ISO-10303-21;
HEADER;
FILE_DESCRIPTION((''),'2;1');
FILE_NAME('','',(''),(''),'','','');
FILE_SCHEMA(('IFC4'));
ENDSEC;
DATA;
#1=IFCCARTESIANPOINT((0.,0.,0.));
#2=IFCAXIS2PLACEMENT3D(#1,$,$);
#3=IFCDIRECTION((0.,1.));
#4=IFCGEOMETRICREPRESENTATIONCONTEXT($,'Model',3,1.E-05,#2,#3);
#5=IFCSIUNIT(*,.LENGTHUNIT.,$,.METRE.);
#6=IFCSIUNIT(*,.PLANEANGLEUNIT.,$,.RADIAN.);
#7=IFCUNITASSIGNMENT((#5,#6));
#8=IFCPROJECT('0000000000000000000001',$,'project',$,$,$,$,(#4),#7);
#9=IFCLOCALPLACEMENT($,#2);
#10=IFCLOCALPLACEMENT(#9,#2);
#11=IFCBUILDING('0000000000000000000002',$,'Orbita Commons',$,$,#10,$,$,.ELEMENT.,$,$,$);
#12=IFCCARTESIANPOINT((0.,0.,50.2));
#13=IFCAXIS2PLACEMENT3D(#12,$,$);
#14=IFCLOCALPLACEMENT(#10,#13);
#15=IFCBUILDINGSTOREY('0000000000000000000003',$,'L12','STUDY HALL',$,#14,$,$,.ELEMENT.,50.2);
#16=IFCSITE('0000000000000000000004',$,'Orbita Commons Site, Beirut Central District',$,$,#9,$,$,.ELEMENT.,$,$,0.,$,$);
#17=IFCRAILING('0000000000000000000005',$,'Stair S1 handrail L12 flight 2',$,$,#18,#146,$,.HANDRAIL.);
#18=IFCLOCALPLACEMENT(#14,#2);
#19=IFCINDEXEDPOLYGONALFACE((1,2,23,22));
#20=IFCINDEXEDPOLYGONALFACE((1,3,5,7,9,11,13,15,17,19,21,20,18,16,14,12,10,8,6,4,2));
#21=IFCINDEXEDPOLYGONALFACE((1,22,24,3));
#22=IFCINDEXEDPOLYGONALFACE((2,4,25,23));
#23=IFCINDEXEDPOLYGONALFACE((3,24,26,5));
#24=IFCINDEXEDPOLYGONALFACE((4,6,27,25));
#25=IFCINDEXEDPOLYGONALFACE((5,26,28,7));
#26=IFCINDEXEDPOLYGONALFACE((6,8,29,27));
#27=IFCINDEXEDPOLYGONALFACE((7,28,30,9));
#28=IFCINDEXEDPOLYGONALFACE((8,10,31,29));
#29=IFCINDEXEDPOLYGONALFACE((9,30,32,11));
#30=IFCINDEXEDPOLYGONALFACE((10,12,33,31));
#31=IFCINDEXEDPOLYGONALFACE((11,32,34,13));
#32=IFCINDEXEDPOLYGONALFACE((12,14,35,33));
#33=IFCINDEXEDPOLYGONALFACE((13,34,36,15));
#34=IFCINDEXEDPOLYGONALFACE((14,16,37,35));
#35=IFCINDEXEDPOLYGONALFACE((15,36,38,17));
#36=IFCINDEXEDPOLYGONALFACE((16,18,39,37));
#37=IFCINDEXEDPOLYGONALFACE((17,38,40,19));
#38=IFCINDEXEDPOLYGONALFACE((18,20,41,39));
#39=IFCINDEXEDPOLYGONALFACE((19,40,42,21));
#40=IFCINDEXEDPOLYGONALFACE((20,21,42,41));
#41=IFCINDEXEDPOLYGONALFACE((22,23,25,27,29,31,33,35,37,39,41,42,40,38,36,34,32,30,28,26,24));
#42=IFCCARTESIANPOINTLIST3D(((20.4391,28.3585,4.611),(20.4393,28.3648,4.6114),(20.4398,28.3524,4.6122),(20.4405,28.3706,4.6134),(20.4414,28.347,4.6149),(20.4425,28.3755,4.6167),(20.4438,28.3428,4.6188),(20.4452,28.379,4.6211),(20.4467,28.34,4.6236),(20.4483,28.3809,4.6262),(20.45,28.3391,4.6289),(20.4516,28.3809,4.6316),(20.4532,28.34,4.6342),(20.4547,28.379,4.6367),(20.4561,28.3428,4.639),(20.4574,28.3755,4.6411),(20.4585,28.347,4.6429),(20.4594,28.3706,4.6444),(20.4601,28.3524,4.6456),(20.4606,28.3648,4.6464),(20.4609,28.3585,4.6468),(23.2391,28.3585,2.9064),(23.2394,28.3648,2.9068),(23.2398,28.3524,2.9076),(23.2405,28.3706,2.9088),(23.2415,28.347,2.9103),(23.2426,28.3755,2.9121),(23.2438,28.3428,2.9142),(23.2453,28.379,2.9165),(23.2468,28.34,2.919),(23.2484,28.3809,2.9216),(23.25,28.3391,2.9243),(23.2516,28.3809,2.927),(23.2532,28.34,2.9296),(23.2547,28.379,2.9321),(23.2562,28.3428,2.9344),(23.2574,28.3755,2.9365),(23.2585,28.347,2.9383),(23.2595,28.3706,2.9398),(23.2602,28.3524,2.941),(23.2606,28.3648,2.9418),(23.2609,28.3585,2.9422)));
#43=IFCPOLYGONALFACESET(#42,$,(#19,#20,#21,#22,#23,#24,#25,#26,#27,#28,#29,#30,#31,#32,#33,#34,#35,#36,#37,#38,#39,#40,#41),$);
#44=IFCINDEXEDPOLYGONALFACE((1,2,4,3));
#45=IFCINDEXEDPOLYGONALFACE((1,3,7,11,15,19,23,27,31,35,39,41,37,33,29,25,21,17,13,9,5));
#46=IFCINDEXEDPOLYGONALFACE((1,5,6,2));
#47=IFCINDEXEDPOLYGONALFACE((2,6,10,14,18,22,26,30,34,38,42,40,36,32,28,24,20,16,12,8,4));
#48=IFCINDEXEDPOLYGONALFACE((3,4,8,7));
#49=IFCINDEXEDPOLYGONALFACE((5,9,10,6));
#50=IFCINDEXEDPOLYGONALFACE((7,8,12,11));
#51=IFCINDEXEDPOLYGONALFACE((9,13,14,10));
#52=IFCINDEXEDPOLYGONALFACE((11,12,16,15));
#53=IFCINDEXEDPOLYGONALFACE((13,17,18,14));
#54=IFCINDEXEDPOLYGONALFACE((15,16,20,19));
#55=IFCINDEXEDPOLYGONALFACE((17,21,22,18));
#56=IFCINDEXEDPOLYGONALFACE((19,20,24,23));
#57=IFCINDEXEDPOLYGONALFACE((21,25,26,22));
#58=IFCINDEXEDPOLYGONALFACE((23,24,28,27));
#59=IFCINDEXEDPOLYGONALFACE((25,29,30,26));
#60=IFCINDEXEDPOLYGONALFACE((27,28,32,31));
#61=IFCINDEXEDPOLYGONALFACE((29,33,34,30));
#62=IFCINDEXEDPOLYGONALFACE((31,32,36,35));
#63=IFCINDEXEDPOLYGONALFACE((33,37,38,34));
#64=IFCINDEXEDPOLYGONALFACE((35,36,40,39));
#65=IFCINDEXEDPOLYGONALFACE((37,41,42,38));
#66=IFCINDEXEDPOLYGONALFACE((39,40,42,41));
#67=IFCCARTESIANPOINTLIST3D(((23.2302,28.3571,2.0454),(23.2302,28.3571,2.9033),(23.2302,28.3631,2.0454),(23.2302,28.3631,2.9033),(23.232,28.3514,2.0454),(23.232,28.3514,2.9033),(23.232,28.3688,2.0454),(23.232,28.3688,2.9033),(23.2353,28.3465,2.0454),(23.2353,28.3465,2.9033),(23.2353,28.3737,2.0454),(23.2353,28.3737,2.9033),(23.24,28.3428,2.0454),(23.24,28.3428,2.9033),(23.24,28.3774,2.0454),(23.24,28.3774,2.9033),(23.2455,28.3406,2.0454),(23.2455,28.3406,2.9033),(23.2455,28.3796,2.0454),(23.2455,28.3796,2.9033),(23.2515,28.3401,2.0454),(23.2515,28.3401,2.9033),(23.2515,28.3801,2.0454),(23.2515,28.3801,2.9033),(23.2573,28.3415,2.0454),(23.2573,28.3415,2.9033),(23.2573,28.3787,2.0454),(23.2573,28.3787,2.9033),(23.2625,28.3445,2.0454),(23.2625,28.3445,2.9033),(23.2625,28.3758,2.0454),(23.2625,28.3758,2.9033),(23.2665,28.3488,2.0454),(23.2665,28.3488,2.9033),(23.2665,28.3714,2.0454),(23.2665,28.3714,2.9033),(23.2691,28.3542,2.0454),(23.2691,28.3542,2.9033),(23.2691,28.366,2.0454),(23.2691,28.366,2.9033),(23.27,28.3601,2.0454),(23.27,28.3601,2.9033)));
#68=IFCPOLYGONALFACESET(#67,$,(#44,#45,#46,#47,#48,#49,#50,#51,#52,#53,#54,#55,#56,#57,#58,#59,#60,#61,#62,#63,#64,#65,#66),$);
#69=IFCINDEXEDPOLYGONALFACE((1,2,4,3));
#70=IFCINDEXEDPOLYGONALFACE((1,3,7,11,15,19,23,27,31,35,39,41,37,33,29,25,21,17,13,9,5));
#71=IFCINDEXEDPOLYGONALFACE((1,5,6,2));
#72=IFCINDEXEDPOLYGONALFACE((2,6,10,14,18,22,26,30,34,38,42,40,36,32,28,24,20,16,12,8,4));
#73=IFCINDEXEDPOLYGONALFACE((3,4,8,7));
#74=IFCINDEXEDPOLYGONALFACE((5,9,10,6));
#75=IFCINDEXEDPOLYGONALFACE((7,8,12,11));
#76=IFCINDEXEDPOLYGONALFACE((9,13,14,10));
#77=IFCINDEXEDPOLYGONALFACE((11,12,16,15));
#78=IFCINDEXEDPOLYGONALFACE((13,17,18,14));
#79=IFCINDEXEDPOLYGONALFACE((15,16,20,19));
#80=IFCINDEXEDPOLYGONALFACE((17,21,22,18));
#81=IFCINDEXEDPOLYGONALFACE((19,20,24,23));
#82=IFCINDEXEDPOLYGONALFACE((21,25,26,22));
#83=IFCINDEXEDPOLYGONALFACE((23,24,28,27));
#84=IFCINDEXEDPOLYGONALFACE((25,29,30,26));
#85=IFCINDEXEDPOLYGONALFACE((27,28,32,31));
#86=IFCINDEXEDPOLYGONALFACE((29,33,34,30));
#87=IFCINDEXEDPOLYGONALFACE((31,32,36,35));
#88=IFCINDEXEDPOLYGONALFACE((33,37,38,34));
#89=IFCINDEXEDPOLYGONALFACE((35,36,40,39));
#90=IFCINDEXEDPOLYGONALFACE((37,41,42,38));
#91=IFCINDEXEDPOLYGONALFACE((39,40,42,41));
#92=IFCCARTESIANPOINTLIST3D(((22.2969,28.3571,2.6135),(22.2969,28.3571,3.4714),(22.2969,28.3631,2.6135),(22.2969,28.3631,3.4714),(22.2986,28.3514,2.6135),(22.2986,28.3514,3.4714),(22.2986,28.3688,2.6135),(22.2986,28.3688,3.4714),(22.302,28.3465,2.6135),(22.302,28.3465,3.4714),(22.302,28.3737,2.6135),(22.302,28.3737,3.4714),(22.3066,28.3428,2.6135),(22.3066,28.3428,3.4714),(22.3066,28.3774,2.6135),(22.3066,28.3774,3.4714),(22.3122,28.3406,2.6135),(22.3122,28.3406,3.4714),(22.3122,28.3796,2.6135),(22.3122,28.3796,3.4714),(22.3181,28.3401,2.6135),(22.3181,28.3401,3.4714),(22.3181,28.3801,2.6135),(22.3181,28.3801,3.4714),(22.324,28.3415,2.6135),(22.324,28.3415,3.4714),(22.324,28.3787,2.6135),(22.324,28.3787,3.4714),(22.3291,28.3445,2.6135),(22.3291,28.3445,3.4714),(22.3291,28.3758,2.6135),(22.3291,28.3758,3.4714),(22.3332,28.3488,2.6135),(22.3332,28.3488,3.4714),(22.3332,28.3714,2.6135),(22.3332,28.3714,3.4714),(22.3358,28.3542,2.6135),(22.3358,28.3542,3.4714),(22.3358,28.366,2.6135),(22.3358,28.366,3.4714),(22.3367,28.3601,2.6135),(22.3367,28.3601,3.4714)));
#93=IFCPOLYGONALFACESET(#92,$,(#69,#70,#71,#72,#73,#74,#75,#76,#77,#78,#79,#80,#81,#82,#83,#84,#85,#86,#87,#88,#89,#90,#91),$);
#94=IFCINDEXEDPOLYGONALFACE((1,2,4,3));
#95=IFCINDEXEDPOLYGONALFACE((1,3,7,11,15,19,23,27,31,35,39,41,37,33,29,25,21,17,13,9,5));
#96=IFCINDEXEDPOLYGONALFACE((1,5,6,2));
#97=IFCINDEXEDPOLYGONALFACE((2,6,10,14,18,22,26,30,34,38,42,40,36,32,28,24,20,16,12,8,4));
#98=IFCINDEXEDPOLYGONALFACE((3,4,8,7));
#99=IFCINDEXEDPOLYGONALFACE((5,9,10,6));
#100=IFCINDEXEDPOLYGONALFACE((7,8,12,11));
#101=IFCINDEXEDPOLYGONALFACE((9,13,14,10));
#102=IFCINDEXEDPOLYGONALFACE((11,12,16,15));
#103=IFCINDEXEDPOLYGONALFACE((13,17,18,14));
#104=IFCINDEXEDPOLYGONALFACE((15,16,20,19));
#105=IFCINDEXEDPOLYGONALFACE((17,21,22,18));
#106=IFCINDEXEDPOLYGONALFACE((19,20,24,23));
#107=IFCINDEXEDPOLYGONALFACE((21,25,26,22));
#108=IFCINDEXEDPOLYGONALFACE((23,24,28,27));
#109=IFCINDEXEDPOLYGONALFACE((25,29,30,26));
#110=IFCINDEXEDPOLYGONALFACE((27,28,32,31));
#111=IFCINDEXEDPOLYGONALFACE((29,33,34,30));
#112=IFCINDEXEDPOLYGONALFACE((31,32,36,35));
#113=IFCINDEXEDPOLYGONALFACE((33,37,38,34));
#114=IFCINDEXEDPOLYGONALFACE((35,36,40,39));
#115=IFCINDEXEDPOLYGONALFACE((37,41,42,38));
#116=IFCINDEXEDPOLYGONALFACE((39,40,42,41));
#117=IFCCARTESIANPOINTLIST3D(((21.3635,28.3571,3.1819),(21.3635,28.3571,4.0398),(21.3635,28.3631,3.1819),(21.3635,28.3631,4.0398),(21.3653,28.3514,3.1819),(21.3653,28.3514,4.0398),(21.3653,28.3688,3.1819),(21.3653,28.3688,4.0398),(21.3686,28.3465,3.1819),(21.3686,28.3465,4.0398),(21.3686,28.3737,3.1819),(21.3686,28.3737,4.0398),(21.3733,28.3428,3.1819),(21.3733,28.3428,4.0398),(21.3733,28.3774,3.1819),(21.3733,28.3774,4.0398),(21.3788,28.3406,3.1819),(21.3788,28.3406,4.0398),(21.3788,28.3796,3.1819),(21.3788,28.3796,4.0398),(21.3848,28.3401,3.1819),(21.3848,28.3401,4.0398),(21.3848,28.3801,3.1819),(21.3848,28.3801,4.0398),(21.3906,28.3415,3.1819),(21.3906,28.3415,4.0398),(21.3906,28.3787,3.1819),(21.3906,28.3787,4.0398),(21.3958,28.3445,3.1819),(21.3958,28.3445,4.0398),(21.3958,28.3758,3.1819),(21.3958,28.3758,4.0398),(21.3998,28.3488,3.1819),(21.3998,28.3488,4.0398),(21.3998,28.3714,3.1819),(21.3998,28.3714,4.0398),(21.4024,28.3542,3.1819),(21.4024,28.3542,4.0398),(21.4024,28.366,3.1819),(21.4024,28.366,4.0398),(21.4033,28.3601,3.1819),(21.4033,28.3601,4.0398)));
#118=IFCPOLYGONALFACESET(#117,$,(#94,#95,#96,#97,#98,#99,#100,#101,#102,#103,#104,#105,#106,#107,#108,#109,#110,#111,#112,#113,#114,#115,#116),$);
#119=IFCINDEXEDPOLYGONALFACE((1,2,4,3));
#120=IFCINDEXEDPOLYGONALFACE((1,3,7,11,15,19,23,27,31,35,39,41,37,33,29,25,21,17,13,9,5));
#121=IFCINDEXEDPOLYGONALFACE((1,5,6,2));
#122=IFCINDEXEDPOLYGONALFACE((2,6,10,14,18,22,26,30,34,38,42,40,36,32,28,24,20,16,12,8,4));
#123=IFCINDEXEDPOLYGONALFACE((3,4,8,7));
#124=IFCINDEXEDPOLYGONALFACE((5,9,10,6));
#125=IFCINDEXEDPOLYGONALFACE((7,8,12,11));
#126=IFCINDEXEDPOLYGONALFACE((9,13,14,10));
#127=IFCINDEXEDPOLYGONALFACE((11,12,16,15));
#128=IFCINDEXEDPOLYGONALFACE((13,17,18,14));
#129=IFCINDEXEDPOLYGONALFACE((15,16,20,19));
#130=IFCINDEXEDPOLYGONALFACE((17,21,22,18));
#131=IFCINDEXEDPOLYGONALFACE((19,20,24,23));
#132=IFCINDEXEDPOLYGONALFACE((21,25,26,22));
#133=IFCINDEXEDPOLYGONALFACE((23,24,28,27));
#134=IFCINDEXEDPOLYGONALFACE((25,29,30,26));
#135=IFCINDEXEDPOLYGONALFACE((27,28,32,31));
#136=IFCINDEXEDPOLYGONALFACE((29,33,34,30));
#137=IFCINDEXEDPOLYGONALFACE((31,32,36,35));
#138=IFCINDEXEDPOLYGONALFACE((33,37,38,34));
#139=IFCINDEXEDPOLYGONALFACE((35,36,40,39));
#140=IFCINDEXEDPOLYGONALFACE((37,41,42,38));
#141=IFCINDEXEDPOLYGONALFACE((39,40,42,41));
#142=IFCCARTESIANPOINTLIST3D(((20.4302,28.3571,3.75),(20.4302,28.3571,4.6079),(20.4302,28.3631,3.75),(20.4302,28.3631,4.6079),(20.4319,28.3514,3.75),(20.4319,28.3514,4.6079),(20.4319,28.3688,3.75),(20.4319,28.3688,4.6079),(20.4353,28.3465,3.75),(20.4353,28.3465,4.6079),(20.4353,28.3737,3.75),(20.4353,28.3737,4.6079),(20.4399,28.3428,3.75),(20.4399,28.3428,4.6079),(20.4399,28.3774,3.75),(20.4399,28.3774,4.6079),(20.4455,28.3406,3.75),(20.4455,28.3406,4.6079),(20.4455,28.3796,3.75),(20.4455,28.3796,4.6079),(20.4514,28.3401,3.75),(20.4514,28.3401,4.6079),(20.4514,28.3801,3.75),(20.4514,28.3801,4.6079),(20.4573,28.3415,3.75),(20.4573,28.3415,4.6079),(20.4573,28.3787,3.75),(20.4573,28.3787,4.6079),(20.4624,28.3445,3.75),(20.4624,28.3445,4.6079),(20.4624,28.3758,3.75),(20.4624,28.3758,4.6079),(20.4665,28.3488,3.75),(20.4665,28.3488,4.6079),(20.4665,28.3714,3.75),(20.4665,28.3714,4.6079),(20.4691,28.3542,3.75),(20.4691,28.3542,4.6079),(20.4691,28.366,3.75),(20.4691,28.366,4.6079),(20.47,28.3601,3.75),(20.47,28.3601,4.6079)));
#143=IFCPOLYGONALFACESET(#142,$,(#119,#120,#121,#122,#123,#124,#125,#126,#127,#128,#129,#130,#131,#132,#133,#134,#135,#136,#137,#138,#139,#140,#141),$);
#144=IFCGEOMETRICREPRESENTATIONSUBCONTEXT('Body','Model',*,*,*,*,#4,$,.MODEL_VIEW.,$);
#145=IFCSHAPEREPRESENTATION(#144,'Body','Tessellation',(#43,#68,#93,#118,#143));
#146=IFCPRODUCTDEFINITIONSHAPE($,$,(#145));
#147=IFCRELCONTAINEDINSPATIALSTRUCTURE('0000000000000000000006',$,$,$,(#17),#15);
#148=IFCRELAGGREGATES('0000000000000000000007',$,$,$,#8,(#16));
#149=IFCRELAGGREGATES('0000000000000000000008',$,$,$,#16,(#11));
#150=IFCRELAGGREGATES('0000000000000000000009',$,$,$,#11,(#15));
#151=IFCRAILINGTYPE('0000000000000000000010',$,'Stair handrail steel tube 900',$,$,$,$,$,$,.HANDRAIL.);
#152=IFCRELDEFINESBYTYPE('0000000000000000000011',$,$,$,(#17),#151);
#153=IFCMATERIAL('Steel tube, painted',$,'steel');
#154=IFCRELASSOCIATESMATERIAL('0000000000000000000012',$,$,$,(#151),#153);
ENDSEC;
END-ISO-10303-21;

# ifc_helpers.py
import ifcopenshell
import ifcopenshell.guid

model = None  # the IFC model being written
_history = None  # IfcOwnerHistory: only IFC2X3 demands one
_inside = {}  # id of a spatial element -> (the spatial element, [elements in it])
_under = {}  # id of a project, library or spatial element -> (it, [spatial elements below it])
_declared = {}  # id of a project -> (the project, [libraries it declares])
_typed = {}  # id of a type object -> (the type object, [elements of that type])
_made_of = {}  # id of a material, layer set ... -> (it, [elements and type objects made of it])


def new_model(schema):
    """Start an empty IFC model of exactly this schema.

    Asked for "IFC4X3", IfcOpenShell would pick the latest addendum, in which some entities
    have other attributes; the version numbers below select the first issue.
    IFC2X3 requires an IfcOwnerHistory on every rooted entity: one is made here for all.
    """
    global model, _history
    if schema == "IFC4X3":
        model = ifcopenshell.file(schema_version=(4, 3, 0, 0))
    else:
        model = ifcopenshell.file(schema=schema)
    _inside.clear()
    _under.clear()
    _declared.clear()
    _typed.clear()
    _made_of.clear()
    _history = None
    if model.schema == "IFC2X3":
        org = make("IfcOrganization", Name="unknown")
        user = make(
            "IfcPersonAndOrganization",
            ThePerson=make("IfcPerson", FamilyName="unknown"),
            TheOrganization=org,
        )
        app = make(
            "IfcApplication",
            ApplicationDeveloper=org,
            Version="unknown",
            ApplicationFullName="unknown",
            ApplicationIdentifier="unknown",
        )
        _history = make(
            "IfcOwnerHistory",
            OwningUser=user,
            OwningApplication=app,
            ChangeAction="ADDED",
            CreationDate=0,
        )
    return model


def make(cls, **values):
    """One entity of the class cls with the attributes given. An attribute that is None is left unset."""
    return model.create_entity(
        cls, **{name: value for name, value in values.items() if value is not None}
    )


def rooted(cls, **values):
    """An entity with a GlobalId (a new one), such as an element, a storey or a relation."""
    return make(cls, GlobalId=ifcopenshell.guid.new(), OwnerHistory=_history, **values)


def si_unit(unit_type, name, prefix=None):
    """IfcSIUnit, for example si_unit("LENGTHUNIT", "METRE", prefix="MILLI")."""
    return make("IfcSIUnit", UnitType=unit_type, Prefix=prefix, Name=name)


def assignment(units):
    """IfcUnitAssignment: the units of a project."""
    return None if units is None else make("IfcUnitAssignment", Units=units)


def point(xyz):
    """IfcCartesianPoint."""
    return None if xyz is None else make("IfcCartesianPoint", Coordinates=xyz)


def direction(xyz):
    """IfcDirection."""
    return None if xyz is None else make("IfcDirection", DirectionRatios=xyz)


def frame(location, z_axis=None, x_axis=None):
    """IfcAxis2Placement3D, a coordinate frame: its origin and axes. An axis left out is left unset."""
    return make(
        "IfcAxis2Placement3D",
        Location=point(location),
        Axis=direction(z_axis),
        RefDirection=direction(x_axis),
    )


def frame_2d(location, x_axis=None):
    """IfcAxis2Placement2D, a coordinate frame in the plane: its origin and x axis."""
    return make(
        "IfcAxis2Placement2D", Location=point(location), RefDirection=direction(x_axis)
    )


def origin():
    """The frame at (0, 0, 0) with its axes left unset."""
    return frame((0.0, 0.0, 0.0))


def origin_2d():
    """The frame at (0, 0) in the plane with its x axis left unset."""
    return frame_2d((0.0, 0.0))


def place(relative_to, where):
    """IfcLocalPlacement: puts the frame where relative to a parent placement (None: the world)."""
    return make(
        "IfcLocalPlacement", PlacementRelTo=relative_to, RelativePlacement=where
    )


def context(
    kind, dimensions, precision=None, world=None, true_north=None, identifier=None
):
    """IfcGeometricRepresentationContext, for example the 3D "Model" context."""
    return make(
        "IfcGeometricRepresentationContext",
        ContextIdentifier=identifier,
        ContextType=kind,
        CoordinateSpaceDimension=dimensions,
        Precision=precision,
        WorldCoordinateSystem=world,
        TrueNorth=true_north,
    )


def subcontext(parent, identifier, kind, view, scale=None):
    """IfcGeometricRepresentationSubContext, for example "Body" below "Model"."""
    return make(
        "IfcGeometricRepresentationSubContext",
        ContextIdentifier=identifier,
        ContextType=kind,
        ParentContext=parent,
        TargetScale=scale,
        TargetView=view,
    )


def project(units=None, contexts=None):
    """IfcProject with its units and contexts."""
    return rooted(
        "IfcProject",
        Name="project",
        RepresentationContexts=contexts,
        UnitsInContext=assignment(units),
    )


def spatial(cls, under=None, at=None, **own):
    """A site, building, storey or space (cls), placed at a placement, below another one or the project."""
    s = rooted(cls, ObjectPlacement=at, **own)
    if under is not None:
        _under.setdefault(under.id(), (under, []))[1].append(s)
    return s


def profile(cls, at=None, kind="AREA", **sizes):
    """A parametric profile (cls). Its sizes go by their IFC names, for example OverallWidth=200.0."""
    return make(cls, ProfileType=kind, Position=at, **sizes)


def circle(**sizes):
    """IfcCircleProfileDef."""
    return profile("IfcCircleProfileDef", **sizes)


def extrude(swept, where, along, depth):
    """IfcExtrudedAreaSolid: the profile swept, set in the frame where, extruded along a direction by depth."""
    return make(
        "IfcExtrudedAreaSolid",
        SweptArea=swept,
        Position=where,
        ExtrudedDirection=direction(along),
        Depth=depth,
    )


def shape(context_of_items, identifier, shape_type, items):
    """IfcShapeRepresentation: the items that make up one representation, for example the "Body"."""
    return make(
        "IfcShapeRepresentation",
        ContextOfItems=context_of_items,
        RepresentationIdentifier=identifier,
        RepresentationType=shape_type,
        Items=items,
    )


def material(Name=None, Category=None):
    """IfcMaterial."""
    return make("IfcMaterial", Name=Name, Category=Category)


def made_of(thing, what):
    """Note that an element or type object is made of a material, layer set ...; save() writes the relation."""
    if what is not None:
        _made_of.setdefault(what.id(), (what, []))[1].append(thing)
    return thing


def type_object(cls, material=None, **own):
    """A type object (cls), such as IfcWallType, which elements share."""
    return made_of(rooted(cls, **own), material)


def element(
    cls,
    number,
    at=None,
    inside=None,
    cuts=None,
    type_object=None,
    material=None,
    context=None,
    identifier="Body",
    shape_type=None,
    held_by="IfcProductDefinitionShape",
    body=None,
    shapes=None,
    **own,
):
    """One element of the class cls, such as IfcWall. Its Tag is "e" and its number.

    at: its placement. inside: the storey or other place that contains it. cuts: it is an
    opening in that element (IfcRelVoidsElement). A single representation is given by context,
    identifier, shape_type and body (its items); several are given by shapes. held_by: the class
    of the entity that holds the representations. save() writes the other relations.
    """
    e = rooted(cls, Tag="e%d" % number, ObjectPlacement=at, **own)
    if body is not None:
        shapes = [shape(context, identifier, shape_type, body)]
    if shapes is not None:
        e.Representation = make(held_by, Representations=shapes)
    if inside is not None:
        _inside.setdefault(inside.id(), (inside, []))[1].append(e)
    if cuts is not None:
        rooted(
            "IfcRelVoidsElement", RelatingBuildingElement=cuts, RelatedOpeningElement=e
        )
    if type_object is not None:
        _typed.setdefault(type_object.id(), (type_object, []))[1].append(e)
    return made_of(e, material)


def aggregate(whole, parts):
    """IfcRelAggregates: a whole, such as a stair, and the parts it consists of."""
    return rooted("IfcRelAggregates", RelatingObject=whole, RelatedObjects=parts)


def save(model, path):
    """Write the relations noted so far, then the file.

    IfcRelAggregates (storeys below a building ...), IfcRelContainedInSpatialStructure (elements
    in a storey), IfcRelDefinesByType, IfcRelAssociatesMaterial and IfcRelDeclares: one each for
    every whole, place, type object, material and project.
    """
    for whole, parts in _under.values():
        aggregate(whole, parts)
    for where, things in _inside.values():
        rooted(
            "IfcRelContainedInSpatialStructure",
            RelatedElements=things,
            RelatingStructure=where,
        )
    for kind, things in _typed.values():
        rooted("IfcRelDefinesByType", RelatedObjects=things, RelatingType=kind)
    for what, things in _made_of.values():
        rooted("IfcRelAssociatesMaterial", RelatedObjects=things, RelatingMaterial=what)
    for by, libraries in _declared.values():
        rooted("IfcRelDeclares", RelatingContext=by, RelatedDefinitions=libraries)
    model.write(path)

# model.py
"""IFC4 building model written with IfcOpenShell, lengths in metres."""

from ifc_helpers import new_model, si_unit, direction, frame, origin, origin_2d, place, context, subcontext, project, spatial, circle, extrude, material, type_object, element, save


model = new_model("IFC4")

# Units and contexts
model_context = context("Model", 3, precision=1e-05, world=origin(), true_north=direction((0.0, 1.0)))
body_context = subcontext(model_context, "Body", "Model", "MODEL_VIEW")
ifc_project = project(units=[si_unit("LENGTHUNIT", "METRE"), si_unit("PLANEANGLEUNIT", "RADIAN")], contexts=[model_context])

# Site, building, storey
site_placement = place(None, origin())
site = spatial("IfcSite", under=ifc_project, at=site_placement, Name="Orbita Commons Site, Beirut Central District", CompositionType="ELEMENT", RefElevation=0.0)
building_placement = place(site_placement, origin())
building = spatial("IfcBuilding", under=site, at=building_placement, Name="Orbita Commons", CompositionType="ELEMENT")
storey_placement = place(building_placement, frame((0.0, 0.0, 50.2)))
storey = spatial("IfcBuildingStorey", under=building, at=storey_placement, Name="L12", Description="STUDY HALL", CompositionType="ELEMENT", Elevation=50.2)

# Railing
ifc_material = material(Name="Steel tube, painted", Category="steel")
railing_type = type_object("IfcRailingType", Name="Stair handrail steel tube 900", PredefinedType="HANDRAIL", material=ifc_material)
for number, where, name in (
    (1, (23.25, 28.3601, 2.0454), "Stair S1 handrail L12 flight 2"),
):
    element("IfcRailing", number, at=place(storey_placement, frame(where)), inside=storey, type_object=railing_type, Name=name, PredefinedType="HANDRAIL", context=body_context, shape_type="SweptSolid", body=[
        extrude(circle(Radius=0.021, at=origin_2d()), frame((0.0, 0.0, 0.8789), z_axis=(-0.85417, 0.0, 0.519994), x_axis=(0.0, -1.0, 0.0)), (0.0, 0.0, 1.0), 3.2781),
        extrude(circle(Radius=0.02, at=origin_2d()), origin(), (0.0, 0.0, 1.0), 0.8579),
        extrude(circle(Radius=0.02, at=origin_2d()), frame((-0.9333, 0.0, 0.5681)), (0.0, 0.0, 1.0), 0.8579),
        extrude(circle(Radius=0.02, at=origin_2d()), frame((-1.8667, 0.0, 1.1365)), (0.0, 0.0, 1.0), 0.8579),
        extrude(circle(Radius=0.02, at=origin_2d()), frame((-2.8, 0.0, 1.7046)), (0.0, 0.0, 1.0), 0.8579),
    ])

save(model, "model.ifc")
